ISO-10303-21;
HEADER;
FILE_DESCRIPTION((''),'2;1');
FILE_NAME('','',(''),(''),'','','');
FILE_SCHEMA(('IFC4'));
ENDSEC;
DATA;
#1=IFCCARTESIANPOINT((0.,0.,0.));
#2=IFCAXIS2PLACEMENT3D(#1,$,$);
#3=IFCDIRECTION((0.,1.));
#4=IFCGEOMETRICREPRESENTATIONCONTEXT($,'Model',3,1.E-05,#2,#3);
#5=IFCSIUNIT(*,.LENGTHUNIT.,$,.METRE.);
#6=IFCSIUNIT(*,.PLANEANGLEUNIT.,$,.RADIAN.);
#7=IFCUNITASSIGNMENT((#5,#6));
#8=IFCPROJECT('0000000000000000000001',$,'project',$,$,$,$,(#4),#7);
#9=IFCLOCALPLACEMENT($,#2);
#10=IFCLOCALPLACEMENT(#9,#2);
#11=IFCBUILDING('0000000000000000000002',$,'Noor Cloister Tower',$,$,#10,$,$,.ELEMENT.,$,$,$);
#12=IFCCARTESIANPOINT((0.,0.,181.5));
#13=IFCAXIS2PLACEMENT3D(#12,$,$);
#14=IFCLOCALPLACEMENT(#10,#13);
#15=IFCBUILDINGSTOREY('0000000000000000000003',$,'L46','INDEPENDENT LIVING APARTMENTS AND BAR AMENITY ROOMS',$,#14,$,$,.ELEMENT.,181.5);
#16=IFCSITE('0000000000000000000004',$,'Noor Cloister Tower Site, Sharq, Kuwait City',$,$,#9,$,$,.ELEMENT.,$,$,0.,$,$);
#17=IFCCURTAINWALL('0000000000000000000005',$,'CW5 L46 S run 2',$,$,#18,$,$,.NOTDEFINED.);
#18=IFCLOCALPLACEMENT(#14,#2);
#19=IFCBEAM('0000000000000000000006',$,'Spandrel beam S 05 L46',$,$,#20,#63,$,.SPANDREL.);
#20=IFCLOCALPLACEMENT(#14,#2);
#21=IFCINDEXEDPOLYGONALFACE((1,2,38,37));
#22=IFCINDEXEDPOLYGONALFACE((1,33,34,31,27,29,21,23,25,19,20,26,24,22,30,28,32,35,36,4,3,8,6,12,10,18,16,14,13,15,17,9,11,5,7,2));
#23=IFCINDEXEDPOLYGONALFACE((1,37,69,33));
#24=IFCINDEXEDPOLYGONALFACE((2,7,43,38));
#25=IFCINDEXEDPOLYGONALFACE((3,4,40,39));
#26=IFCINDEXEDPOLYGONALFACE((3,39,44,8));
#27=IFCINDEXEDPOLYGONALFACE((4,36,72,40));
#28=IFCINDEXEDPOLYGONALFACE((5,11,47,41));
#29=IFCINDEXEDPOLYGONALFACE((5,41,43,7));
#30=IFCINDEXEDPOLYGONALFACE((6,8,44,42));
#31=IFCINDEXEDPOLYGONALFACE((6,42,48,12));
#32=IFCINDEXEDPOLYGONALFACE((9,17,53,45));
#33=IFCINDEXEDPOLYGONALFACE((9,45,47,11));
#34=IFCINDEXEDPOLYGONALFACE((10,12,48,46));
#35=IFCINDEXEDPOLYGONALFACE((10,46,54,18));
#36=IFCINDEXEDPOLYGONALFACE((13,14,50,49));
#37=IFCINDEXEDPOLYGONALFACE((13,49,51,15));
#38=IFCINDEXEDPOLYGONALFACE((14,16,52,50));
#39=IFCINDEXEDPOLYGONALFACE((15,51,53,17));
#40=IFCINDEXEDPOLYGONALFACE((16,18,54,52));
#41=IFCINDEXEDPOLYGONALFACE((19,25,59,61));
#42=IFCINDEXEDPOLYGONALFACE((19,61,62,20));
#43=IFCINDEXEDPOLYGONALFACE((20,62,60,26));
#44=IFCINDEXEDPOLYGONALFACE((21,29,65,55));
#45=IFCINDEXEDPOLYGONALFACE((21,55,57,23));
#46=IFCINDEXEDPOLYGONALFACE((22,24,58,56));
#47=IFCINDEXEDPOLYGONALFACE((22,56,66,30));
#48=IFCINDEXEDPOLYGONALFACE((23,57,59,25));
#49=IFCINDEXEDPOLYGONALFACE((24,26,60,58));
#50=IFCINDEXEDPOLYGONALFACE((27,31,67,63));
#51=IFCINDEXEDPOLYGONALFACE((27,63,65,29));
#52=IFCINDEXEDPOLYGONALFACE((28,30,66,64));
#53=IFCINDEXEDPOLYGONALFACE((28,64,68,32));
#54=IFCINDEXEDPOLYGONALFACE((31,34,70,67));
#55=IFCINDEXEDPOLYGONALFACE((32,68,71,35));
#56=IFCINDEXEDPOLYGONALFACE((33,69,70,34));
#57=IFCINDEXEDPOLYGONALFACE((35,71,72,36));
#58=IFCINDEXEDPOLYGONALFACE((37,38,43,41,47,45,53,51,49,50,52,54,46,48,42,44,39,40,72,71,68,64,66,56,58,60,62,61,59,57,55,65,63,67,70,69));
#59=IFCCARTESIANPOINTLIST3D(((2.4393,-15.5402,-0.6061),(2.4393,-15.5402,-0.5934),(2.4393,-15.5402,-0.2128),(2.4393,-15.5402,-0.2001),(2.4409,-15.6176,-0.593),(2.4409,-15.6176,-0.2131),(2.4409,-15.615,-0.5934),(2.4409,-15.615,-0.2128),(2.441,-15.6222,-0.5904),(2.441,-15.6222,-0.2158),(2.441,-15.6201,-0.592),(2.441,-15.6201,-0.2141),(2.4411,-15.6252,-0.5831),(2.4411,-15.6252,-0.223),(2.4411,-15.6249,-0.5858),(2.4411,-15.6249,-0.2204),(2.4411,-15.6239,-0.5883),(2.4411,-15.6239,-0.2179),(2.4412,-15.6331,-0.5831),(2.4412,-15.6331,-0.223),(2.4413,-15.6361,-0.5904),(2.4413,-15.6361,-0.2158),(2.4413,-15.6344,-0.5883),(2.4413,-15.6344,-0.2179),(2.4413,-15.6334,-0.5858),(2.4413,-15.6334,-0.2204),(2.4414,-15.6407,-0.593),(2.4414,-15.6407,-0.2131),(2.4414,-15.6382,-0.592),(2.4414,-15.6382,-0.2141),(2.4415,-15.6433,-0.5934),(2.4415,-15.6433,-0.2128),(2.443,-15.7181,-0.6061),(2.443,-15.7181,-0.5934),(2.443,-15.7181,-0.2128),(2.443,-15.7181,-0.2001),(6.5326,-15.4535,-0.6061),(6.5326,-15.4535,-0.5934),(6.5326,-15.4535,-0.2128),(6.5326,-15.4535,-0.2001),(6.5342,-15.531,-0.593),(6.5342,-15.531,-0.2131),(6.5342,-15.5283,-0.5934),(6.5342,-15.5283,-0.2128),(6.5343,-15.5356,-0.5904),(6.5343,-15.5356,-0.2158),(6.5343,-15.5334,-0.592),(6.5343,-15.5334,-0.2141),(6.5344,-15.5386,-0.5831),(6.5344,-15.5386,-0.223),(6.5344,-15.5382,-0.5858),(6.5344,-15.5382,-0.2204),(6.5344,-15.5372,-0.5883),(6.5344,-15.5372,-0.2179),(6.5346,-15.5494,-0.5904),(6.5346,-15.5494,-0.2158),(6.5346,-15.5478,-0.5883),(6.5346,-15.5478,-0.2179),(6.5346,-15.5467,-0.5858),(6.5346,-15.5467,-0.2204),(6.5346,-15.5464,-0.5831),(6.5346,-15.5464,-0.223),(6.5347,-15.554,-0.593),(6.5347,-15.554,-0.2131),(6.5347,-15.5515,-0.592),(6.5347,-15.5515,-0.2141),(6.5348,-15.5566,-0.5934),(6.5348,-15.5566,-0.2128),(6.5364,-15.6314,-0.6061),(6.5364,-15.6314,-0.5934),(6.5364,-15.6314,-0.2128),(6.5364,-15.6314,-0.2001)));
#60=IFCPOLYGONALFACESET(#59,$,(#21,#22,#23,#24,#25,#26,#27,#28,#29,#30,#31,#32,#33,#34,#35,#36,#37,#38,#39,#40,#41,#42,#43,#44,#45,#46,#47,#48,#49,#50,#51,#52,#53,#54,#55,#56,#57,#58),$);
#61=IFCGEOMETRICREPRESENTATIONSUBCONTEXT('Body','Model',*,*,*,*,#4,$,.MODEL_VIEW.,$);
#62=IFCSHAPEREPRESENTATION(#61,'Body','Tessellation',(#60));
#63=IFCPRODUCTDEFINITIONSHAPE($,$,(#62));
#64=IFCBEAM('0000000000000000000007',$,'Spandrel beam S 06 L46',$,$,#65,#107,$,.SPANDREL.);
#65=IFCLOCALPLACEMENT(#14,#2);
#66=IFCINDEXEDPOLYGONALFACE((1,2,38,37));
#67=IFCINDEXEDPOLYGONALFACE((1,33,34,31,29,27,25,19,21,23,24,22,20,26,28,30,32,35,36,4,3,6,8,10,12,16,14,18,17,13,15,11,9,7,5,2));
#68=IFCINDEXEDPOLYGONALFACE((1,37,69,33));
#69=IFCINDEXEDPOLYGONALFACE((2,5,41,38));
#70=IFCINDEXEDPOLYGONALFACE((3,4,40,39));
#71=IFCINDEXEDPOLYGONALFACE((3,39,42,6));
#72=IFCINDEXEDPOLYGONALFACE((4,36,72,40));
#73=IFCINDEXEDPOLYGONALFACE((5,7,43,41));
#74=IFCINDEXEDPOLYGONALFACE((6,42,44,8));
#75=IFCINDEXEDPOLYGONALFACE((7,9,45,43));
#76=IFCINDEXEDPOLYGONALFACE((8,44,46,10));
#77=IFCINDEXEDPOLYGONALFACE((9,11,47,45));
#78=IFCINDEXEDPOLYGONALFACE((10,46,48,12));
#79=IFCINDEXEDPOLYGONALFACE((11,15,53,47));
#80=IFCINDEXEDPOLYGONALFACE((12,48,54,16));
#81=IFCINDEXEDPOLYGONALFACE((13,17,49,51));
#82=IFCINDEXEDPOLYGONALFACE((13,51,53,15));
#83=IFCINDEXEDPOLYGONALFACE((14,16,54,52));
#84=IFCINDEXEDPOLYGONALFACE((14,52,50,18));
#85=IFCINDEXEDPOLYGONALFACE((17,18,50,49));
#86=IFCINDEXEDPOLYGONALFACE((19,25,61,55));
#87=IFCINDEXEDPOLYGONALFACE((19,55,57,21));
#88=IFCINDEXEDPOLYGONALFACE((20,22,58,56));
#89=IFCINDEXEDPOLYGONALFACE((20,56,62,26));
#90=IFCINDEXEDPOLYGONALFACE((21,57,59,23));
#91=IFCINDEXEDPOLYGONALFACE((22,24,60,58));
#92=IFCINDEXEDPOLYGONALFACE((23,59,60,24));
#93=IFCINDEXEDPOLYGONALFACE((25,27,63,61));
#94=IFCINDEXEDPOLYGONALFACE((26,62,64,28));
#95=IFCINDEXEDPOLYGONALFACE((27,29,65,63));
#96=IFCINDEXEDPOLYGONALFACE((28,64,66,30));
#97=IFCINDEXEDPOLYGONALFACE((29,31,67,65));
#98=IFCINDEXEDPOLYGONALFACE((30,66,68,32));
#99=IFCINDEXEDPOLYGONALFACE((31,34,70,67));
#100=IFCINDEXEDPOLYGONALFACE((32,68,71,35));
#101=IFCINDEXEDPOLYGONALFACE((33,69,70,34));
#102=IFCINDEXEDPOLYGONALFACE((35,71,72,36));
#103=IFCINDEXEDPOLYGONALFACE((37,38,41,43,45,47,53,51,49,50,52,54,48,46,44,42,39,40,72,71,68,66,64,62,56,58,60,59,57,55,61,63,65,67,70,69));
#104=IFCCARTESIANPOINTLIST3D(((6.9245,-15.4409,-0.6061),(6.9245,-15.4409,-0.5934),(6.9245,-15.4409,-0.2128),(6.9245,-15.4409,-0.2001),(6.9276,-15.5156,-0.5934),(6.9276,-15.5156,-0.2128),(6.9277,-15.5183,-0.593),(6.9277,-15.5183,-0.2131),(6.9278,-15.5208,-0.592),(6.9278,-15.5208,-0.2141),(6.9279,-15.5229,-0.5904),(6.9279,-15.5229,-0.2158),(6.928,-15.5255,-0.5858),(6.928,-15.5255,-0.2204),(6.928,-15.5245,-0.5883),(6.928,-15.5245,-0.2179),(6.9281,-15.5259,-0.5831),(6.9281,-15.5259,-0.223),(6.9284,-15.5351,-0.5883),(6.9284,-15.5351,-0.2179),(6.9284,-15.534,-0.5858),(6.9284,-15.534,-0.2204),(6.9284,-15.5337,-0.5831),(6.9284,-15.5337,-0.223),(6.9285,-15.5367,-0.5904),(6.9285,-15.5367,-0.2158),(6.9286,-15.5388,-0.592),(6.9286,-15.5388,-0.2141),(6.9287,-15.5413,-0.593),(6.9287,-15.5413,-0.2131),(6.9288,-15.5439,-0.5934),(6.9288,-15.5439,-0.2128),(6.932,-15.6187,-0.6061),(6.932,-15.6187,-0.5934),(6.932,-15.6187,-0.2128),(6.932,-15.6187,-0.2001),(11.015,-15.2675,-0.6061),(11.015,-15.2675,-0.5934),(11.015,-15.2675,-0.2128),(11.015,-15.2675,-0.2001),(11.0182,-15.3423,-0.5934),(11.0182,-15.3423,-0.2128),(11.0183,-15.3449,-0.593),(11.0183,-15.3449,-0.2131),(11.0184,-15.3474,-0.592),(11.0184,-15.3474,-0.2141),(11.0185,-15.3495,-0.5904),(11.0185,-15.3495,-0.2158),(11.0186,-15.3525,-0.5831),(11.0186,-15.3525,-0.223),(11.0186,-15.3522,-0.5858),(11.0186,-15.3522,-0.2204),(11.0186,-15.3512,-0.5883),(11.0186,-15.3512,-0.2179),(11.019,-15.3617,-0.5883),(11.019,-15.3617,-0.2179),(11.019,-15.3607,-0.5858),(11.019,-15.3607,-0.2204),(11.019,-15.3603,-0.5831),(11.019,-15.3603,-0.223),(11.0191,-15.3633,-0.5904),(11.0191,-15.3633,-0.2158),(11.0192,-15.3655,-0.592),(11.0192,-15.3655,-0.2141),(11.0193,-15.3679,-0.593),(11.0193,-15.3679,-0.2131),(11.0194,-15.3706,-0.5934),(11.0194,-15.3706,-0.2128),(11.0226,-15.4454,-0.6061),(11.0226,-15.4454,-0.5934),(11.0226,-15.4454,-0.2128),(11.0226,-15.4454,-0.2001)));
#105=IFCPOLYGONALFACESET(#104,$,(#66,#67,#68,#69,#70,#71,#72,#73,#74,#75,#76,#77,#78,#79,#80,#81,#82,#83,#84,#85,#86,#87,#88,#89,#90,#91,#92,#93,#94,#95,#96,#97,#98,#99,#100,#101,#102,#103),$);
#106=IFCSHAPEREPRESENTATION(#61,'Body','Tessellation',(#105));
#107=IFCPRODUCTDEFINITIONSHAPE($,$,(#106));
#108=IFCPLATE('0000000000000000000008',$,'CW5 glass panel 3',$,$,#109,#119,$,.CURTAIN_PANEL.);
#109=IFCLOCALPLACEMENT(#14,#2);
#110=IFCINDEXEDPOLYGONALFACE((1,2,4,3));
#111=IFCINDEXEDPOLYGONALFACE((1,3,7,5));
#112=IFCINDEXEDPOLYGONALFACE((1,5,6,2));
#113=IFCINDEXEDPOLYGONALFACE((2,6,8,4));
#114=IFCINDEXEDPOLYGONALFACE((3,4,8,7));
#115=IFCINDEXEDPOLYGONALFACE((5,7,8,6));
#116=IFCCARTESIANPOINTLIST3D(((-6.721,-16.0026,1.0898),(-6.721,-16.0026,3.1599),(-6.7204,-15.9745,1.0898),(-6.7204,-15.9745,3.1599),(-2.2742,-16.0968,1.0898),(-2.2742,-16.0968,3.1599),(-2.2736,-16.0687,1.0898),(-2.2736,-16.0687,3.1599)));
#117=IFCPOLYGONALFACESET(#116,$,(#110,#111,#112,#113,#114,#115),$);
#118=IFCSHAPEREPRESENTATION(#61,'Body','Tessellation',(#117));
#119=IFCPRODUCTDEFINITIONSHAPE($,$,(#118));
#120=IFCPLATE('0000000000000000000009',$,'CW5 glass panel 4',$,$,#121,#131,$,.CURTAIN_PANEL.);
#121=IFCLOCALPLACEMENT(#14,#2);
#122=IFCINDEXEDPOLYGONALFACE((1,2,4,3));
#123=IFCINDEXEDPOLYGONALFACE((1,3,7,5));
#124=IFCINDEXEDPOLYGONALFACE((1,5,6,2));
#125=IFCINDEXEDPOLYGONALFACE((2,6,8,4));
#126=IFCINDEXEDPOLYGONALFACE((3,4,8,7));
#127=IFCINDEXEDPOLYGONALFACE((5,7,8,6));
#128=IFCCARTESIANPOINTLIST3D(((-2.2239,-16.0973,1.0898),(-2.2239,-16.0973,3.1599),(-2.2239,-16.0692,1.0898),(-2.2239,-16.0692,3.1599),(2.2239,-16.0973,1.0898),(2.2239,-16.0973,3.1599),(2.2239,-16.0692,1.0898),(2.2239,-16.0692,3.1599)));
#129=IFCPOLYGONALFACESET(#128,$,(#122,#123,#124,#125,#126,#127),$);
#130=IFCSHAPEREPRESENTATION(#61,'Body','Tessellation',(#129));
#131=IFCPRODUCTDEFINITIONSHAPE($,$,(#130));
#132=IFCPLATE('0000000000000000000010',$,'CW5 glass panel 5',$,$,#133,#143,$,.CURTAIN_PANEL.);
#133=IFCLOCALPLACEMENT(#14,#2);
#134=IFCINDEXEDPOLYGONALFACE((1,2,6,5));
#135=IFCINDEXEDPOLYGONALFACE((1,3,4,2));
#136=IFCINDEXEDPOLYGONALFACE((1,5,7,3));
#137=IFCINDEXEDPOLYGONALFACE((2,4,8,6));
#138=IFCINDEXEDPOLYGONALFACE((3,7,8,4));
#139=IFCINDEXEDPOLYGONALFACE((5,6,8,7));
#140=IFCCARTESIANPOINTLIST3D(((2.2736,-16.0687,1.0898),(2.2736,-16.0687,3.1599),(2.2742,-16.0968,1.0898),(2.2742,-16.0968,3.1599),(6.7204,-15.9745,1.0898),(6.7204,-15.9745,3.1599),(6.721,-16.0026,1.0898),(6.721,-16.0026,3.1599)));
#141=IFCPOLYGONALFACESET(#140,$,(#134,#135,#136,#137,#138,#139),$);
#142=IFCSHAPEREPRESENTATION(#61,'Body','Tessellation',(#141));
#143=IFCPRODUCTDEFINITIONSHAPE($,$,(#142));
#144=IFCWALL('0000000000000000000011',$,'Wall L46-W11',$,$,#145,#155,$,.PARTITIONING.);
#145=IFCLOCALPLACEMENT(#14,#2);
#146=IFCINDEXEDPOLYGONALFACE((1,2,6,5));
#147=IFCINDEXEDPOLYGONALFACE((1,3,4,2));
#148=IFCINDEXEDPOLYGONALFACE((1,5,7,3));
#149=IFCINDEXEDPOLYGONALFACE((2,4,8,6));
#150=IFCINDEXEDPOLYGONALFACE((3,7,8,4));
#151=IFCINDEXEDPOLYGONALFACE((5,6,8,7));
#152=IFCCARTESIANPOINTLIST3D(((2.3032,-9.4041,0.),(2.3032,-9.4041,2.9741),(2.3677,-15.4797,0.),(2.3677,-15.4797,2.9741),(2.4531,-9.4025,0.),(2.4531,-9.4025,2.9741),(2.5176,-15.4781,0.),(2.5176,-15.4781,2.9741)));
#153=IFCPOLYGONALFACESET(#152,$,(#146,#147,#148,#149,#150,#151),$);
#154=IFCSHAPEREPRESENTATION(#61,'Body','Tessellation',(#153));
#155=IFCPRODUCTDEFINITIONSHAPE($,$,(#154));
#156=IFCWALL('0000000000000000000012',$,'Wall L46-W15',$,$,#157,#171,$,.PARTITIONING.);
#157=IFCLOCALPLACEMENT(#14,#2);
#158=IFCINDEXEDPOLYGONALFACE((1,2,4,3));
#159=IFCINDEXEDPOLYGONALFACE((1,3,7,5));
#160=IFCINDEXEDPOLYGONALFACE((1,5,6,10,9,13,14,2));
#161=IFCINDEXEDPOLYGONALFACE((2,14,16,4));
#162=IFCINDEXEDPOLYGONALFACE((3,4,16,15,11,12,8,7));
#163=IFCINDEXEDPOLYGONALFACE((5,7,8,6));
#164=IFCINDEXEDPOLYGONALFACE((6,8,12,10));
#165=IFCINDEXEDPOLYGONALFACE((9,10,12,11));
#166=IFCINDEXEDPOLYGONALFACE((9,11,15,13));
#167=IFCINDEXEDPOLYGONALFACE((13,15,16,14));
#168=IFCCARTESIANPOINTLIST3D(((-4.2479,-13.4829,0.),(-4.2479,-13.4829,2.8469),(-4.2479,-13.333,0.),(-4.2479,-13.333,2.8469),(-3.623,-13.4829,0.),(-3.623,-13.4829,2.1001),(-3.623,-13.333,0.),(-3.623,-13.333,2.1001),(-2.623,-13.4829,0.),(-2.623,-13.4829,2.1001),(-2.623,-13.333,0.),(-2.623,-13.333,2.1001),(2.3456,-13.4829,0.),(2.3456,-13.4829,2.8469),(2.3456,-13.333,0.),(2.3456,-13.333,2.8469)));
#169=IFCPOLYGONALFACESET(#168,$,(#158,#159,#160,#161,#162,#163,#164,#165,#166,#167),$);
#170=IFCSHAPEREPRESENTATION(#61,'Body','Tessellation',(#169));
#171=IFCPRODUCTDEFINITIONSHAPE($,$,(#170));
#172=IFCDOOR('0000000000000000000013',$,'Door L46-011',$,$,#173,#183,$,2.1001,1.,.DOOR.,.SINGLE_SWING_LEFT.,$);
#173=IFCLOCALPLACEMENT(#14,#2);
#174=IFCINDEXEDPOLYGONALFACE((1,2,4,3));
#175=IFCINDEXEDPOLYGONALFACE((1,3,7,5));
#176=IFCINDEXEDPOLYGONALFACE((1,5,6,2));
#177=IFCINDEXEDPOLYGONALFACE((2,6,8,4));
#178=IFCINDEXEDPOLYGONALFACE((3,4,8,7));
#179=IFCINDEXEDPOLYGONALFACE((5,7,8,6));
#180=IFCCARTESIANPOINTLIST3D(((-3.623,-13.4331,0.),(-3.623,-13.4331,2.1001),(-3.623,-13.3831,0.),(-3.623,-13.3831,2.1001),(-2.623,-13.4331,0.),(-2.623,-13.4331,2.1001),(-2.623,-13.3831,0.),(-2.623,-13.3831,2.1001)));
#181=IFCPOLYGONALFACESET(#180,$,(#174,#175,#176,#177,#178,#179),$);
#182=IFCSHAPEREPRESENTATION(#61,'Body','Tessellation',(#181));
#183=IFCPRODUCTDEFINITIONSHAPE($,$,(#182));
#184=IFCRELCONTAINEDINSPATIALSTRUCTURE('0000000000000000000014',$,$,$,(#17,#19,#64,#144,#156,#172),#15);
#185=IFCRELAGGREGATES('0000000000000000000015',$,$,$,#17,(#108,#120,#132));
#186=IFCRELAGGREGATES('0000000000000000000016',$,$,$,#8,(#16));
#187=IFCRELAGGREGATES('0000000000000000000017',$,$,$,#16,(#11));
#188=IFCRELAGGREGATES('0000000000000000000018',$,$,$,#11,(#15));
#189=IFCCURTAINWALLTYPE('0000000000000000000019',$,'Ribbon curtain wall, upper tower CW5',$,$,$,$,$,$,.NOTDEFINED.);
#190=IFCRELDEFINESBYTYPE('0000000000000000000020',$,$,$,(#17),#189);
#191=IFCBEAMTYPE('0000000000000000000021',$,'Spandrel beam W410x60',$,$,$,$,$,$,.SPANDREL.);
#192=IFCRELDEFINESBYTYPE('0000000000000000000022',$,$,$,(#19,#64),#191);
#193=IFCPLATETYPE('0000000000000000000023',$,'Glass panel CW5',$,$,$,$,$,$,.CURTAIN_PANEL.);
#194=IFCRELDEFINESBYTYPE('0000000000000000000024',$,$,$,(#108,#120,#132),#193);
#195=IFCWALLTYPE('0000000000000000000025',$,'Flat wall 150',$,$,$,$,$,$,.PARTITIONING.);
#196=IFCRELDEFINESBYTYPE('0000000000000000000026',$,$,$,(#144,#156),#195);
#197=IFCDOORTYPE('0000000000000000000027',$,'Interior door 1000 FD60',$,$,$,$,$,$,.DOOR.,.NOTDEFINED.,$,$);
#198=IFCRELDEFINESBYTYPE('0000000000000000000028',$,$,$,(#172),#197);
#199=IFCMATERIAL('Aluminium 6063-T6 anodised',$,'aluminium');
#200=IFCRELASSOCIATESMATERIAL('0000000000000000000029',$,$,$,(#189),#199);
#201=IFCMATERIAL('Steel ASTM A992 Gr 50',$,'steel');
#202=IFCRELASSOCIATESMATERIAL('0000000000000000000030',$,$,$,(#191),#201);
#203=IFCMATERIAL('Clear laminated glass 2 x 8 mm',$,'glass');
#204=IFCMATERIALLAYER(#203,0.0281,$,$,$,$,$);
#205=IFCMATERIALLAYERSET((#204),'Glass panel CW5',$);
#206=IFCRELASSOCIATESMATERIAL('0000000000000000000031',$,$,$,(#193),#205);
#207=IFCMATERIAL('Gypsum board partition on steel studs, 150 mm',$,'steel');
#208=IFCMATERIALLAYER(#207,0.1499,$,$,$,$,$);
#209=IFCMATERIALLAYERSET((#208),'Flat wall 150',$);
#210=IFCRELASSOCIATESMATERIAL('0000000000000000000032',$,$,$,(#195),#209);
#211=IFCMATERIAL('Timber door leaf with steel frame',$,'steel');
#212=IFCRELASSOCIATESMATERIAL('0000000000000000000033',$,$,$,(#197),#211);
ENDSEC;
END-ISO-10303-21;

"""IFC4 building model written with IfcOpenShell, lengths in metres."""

from ifc_helpers import new_model, si_unit, direction, frame, frame_2d, origin, origin_2d, place, context, subcontext, project, spatial, rectangle, i_section, extrude, material, layer, layer_set, material_profile, profile_set, type_object, element, fill, aggregate, save


model = new_model("IFC4")

# Units and contexts
model_context = context("Model", 3, precision=1e-05, world=origin(), true_north=direction((0.0, 1.0)))
body_context = subcontext(model_context, "Body", "Model", "MODEL_VIEW")
ifc_project = project(units=[si_unit("LENGTHUNIT", "METRE"), si_unit("PLANEANGLEUNIT", "RADIAN")], contexts=[model_context])

# Site, building, storey
site_placement = place(None, origin())
site = spatial("IfcSite", under=ifc_project, at=site_placement, Name="Noor Cloister Tower Site, Sharq, Kuwait City", CompositionType="ELEMENT", RefElevation=0.0)
building_placement = place(site_placement, origin())
building = spatial("IfcBuilding", under=site, at=building_placement, Name="Noor Cloister Tower", CompositionType="ELEMENT")
storey_placement = place(building_placement, frame((0.0, 0.0, 181.5)))
storey = spatial("IfcBuildingStorey", under=building, at=storey_placement, Name="L46", Description="INDEPENDENT LIVING APARTMENTS AND BAR AMENITY ROOMS", CompositionType="ELEMENT", Elevation=181.5)

# Curtain wall
ifc_material_1 = material(Name="Aluminium 6063-T6 anodised", Category="aluminium")
curtain_wall_type = type_object("IfcCurtainWallType", Name="Ribbon curtain wall, upper tower CW5", PredefinedType="NOTDEFINED", material=ifc_material_1)
curtain_wall_placement = place(storey_placement, origin())
curtain_wall = element("IfcCurtainWall", 1, at=curtain_wall_placement, inside=storey, type_object=curtain_wall_type, Name="CW5 L46 S run 2", PredefinedType="NOTDEFINED")

# Beams
ifc_material_2 = material(Name="Steel ASTM A992 Gr 50", Category="steel")
ifc_material_profile_1 = material_profile(ifc_material_2, i_section(OverallWidth=0.178, OverallDepth=0.406, WebThickness=0.0078, FlangeThickness=0.0127, FilletRadius=0.0103, at=origin_2d()), Name="W410x60")
ifc_profile_set_1 = profile_set([ifc_material_profile_1], Name="Steel ASTM A992 Gr 50")
beam_type_1 = type_object("IfcBeamType", Name="Spandrel beam W410x60", PredefinedType="SPANDREL", material=ifc_profile_set_1)
for number, where, z_axis, x_axis, name in (
    (2, (2.4412, -15.6292, -0.4031), (0.999776, 0.021169, 0.0), (-0.021169, 0.999776, 0.0), "Spandrel beam S 05 L46"),
    (3, (6.9282, -15.5298, -0.4031), (0.999103, 0.042337, 0.0), (-0.042337, 0.999103, 0.0), "Spandrel beam S 06 L46"),
):
    element("IfcBeam", number, at=place(storey_placement, frame(where, z_axis=z_axis, x_axis=x_axis)), inside=storey, type_object=beam_type_1, Name=name, PredefinedType="SPANDREL", context=body_context, shape_type="SweptSolid", body=[
        extrude(i_section(OverallWidth=0.178, OverallDepth=0.406, WebThickness=0.0078, FlangeThickness=0.0127, FilletRadius=0.0103, at=origin_2d()), origin(), (0.0, 0.0, 1.0), 4.0942),
    ])

# Plates
ifc_material_3 = material(Name="Clear laminated glass 2 x 8 mm", Category="glass")
ifc_layer_1 = layer(ifc_material_3, 0.0281)
ifc_layer_set_1 = layer_set([ifc_layer_1], Name="Glass panel CW5")
plate_type = type_object("IfcPlateType", Name="Glass panel CW5", PredefinedType="CURTAIN_PANEL", material=ifc_layer_set_1)
plate_1_placement = place(storey_placement, frame((-4.4973, -16.0356, 1.0898), z_axis=(0.0, 0.0, 1.0), x_axis=(0.999776, -0.02118, 0.0)))
plate_1 = element("IfcPlate", 4, at=plate_1_placement, type_object=plate_type, Name="CW5 glass panel 3", PredefinedType="CURTAIN_PANEL", context=body_context, shape_type="SweptSolid", body=[
    extrude(rectangle(XDim=4.4478, YDim=0.0281, at=origin_2d()), origin(), (0.0, 0.0, 1.0), 2.0701),
])
plate_2_placement = place(storey_placement, frame((0.0, -16.0833, 1.0898), z_axis=(0.0, 0.0, 1.0), x_axis=(1.0, 0.0, 0.0)))
plate_2 = element("IfcPlate", 5, at=plate_2_placement, type_object=plate_type, Name="CW5 glass panel 4", PredefinedType="CURTAIN_PANEL", context=body_context, shape_type="SweptSolid", body=[
    extrude(rectangle(XDim=4.4478, YDim=0.0281, at=origin_2d()), origin(), (0.0, 0.0, 1.0), 2.0701),
])
plate_3_placement = place(storey_placement, frame((4.4973, -16.0356, 1.0898), z_axis=(0.0, 0.0, 1.0), x_axis=(0.999776, 0.02118, 0.0)))
plate_3 = element("IfcPlate", 6, at=plate_3_placement, type_object=plate_type, Name="CW5 glass panel 5", PredefinedType="CURTAIN_PANEL", context=body_context, shape_type="SweptSolid", body=[
    extrude(rectangle(XDim=4.4478, YDim=0.0281, at=origin_2d()), origin(), (0.0, 0.0, 1.0), 2.0701),
])
aggregate(curtain_wall, [plate_1, plate_2, plate_3])

# Wall
ifc_material_4 = material(Name="Gypsum board partition on steel studs, 150 mm", Category="steel")
ifc_layer_2 = layer(ifc_material_4, 0.1499)
ifc_layer_set_2 = layer_set([ifc_layer_2], Name="Flat wall 150")
wall_type_1 = type_object("IfcWallType", Name="Flat wall 150", PredefinedType="PARTITIONING", material=ifc_layer_set_2)
wall_1_placement = place(storey_placement, frame((2.4426, -15.479, 0.0), z_axis=(0.0, 0.0, 1.0), x_axis=(-0.010608, 0.999944, 0.0)))
element("IfcWall", 7, at=wall_1_placement, inside=storey, type_object=wall_type_1, Name="Wall L46-W11", PredefinedType="PARTITIONING", context=body_context, shape_type="SweptSolid", body=[
    extrude(rectangle(XDim=6.0759, YDim=0.1499, at=frame_2d((3.0381, 0.0))), origin(), (0.0, 0.0, 1.0), 2.9741),
])

# Wall, opening, door
wall_2_placement = place(storey_placement, frame((-4.248, -13.408, 0.0), z_axis=(0.0, 0.0, 1.0), x_axis=(1.0, 0.0, 0.0)))
wall_2 = element("IfcWall", 8, at=wall_2_placement, inside=storey, type_object=wall_type_1, Name="Wall L46-W15", PredefinedType="PARTITIONING", context=body_context, shape_type="SweptSolid", body=[
    extrude(rectangle(XDim=6.5935, YDim=0.1499, at=frame_2d((3.2969, 0.0))), origin(), (0.0, 0.0, 1.0), 2.8469),
])
opening_placement = place(wall_2_placement, frame((0.625, 0.0, 0.0)))
opening = element("IfcOpeningElement", 9, at=opening_placement, cuts=wall_2, PredefinedType="OPENING", context=body_context, shape_type="SweptSolid", body=[
    extrude(rectangle(XDim=1.0, YDim=2.1001, at=frame_2d((0.5, 1.05))), frame((0.0, 0.085, 0.0), z_axis=(0.0, -1.0, 0.0), x_axis=(1.0, 0.0, 0.0)), (0.0, 0.0, 1.0), 0.1699),
])
ifc_material_5 = material(Name="Timber door leaf with steel frame", Category="steel")
door_type = type_object("IfcDoorType", Name="Interior door 1000 FD60", OperationType="NOTDEFINED", PredefinedType="DOOR", material=ifc_material_5)
door_placement = place(opening_placement, origin())
door = element("IfcDoor", 10, at=door_placement, inside=storey, type_object=door_type, Name="Door L46-011", OperationType="SINGLE_SWING_LEFT", OverallHeight=2.1001, OverallWidth=1.0, PredefinedType="DOOR", context=body_context, shape_type="SweptSolid", body=[
    extrude(rectangle(XDim=1.0, YDim=2.1001, at=frame_2d((0.5, 1.05))), frame((0.0, 0.0249, 0.0), z_axis=(0.0, -1.0, 0.0), x_axis=(1.0, 0.0, 0.0)), (0.0, 0.0, 1.0), 0.05),
])
fill(opening, door)

save(model, "model.ifc")
